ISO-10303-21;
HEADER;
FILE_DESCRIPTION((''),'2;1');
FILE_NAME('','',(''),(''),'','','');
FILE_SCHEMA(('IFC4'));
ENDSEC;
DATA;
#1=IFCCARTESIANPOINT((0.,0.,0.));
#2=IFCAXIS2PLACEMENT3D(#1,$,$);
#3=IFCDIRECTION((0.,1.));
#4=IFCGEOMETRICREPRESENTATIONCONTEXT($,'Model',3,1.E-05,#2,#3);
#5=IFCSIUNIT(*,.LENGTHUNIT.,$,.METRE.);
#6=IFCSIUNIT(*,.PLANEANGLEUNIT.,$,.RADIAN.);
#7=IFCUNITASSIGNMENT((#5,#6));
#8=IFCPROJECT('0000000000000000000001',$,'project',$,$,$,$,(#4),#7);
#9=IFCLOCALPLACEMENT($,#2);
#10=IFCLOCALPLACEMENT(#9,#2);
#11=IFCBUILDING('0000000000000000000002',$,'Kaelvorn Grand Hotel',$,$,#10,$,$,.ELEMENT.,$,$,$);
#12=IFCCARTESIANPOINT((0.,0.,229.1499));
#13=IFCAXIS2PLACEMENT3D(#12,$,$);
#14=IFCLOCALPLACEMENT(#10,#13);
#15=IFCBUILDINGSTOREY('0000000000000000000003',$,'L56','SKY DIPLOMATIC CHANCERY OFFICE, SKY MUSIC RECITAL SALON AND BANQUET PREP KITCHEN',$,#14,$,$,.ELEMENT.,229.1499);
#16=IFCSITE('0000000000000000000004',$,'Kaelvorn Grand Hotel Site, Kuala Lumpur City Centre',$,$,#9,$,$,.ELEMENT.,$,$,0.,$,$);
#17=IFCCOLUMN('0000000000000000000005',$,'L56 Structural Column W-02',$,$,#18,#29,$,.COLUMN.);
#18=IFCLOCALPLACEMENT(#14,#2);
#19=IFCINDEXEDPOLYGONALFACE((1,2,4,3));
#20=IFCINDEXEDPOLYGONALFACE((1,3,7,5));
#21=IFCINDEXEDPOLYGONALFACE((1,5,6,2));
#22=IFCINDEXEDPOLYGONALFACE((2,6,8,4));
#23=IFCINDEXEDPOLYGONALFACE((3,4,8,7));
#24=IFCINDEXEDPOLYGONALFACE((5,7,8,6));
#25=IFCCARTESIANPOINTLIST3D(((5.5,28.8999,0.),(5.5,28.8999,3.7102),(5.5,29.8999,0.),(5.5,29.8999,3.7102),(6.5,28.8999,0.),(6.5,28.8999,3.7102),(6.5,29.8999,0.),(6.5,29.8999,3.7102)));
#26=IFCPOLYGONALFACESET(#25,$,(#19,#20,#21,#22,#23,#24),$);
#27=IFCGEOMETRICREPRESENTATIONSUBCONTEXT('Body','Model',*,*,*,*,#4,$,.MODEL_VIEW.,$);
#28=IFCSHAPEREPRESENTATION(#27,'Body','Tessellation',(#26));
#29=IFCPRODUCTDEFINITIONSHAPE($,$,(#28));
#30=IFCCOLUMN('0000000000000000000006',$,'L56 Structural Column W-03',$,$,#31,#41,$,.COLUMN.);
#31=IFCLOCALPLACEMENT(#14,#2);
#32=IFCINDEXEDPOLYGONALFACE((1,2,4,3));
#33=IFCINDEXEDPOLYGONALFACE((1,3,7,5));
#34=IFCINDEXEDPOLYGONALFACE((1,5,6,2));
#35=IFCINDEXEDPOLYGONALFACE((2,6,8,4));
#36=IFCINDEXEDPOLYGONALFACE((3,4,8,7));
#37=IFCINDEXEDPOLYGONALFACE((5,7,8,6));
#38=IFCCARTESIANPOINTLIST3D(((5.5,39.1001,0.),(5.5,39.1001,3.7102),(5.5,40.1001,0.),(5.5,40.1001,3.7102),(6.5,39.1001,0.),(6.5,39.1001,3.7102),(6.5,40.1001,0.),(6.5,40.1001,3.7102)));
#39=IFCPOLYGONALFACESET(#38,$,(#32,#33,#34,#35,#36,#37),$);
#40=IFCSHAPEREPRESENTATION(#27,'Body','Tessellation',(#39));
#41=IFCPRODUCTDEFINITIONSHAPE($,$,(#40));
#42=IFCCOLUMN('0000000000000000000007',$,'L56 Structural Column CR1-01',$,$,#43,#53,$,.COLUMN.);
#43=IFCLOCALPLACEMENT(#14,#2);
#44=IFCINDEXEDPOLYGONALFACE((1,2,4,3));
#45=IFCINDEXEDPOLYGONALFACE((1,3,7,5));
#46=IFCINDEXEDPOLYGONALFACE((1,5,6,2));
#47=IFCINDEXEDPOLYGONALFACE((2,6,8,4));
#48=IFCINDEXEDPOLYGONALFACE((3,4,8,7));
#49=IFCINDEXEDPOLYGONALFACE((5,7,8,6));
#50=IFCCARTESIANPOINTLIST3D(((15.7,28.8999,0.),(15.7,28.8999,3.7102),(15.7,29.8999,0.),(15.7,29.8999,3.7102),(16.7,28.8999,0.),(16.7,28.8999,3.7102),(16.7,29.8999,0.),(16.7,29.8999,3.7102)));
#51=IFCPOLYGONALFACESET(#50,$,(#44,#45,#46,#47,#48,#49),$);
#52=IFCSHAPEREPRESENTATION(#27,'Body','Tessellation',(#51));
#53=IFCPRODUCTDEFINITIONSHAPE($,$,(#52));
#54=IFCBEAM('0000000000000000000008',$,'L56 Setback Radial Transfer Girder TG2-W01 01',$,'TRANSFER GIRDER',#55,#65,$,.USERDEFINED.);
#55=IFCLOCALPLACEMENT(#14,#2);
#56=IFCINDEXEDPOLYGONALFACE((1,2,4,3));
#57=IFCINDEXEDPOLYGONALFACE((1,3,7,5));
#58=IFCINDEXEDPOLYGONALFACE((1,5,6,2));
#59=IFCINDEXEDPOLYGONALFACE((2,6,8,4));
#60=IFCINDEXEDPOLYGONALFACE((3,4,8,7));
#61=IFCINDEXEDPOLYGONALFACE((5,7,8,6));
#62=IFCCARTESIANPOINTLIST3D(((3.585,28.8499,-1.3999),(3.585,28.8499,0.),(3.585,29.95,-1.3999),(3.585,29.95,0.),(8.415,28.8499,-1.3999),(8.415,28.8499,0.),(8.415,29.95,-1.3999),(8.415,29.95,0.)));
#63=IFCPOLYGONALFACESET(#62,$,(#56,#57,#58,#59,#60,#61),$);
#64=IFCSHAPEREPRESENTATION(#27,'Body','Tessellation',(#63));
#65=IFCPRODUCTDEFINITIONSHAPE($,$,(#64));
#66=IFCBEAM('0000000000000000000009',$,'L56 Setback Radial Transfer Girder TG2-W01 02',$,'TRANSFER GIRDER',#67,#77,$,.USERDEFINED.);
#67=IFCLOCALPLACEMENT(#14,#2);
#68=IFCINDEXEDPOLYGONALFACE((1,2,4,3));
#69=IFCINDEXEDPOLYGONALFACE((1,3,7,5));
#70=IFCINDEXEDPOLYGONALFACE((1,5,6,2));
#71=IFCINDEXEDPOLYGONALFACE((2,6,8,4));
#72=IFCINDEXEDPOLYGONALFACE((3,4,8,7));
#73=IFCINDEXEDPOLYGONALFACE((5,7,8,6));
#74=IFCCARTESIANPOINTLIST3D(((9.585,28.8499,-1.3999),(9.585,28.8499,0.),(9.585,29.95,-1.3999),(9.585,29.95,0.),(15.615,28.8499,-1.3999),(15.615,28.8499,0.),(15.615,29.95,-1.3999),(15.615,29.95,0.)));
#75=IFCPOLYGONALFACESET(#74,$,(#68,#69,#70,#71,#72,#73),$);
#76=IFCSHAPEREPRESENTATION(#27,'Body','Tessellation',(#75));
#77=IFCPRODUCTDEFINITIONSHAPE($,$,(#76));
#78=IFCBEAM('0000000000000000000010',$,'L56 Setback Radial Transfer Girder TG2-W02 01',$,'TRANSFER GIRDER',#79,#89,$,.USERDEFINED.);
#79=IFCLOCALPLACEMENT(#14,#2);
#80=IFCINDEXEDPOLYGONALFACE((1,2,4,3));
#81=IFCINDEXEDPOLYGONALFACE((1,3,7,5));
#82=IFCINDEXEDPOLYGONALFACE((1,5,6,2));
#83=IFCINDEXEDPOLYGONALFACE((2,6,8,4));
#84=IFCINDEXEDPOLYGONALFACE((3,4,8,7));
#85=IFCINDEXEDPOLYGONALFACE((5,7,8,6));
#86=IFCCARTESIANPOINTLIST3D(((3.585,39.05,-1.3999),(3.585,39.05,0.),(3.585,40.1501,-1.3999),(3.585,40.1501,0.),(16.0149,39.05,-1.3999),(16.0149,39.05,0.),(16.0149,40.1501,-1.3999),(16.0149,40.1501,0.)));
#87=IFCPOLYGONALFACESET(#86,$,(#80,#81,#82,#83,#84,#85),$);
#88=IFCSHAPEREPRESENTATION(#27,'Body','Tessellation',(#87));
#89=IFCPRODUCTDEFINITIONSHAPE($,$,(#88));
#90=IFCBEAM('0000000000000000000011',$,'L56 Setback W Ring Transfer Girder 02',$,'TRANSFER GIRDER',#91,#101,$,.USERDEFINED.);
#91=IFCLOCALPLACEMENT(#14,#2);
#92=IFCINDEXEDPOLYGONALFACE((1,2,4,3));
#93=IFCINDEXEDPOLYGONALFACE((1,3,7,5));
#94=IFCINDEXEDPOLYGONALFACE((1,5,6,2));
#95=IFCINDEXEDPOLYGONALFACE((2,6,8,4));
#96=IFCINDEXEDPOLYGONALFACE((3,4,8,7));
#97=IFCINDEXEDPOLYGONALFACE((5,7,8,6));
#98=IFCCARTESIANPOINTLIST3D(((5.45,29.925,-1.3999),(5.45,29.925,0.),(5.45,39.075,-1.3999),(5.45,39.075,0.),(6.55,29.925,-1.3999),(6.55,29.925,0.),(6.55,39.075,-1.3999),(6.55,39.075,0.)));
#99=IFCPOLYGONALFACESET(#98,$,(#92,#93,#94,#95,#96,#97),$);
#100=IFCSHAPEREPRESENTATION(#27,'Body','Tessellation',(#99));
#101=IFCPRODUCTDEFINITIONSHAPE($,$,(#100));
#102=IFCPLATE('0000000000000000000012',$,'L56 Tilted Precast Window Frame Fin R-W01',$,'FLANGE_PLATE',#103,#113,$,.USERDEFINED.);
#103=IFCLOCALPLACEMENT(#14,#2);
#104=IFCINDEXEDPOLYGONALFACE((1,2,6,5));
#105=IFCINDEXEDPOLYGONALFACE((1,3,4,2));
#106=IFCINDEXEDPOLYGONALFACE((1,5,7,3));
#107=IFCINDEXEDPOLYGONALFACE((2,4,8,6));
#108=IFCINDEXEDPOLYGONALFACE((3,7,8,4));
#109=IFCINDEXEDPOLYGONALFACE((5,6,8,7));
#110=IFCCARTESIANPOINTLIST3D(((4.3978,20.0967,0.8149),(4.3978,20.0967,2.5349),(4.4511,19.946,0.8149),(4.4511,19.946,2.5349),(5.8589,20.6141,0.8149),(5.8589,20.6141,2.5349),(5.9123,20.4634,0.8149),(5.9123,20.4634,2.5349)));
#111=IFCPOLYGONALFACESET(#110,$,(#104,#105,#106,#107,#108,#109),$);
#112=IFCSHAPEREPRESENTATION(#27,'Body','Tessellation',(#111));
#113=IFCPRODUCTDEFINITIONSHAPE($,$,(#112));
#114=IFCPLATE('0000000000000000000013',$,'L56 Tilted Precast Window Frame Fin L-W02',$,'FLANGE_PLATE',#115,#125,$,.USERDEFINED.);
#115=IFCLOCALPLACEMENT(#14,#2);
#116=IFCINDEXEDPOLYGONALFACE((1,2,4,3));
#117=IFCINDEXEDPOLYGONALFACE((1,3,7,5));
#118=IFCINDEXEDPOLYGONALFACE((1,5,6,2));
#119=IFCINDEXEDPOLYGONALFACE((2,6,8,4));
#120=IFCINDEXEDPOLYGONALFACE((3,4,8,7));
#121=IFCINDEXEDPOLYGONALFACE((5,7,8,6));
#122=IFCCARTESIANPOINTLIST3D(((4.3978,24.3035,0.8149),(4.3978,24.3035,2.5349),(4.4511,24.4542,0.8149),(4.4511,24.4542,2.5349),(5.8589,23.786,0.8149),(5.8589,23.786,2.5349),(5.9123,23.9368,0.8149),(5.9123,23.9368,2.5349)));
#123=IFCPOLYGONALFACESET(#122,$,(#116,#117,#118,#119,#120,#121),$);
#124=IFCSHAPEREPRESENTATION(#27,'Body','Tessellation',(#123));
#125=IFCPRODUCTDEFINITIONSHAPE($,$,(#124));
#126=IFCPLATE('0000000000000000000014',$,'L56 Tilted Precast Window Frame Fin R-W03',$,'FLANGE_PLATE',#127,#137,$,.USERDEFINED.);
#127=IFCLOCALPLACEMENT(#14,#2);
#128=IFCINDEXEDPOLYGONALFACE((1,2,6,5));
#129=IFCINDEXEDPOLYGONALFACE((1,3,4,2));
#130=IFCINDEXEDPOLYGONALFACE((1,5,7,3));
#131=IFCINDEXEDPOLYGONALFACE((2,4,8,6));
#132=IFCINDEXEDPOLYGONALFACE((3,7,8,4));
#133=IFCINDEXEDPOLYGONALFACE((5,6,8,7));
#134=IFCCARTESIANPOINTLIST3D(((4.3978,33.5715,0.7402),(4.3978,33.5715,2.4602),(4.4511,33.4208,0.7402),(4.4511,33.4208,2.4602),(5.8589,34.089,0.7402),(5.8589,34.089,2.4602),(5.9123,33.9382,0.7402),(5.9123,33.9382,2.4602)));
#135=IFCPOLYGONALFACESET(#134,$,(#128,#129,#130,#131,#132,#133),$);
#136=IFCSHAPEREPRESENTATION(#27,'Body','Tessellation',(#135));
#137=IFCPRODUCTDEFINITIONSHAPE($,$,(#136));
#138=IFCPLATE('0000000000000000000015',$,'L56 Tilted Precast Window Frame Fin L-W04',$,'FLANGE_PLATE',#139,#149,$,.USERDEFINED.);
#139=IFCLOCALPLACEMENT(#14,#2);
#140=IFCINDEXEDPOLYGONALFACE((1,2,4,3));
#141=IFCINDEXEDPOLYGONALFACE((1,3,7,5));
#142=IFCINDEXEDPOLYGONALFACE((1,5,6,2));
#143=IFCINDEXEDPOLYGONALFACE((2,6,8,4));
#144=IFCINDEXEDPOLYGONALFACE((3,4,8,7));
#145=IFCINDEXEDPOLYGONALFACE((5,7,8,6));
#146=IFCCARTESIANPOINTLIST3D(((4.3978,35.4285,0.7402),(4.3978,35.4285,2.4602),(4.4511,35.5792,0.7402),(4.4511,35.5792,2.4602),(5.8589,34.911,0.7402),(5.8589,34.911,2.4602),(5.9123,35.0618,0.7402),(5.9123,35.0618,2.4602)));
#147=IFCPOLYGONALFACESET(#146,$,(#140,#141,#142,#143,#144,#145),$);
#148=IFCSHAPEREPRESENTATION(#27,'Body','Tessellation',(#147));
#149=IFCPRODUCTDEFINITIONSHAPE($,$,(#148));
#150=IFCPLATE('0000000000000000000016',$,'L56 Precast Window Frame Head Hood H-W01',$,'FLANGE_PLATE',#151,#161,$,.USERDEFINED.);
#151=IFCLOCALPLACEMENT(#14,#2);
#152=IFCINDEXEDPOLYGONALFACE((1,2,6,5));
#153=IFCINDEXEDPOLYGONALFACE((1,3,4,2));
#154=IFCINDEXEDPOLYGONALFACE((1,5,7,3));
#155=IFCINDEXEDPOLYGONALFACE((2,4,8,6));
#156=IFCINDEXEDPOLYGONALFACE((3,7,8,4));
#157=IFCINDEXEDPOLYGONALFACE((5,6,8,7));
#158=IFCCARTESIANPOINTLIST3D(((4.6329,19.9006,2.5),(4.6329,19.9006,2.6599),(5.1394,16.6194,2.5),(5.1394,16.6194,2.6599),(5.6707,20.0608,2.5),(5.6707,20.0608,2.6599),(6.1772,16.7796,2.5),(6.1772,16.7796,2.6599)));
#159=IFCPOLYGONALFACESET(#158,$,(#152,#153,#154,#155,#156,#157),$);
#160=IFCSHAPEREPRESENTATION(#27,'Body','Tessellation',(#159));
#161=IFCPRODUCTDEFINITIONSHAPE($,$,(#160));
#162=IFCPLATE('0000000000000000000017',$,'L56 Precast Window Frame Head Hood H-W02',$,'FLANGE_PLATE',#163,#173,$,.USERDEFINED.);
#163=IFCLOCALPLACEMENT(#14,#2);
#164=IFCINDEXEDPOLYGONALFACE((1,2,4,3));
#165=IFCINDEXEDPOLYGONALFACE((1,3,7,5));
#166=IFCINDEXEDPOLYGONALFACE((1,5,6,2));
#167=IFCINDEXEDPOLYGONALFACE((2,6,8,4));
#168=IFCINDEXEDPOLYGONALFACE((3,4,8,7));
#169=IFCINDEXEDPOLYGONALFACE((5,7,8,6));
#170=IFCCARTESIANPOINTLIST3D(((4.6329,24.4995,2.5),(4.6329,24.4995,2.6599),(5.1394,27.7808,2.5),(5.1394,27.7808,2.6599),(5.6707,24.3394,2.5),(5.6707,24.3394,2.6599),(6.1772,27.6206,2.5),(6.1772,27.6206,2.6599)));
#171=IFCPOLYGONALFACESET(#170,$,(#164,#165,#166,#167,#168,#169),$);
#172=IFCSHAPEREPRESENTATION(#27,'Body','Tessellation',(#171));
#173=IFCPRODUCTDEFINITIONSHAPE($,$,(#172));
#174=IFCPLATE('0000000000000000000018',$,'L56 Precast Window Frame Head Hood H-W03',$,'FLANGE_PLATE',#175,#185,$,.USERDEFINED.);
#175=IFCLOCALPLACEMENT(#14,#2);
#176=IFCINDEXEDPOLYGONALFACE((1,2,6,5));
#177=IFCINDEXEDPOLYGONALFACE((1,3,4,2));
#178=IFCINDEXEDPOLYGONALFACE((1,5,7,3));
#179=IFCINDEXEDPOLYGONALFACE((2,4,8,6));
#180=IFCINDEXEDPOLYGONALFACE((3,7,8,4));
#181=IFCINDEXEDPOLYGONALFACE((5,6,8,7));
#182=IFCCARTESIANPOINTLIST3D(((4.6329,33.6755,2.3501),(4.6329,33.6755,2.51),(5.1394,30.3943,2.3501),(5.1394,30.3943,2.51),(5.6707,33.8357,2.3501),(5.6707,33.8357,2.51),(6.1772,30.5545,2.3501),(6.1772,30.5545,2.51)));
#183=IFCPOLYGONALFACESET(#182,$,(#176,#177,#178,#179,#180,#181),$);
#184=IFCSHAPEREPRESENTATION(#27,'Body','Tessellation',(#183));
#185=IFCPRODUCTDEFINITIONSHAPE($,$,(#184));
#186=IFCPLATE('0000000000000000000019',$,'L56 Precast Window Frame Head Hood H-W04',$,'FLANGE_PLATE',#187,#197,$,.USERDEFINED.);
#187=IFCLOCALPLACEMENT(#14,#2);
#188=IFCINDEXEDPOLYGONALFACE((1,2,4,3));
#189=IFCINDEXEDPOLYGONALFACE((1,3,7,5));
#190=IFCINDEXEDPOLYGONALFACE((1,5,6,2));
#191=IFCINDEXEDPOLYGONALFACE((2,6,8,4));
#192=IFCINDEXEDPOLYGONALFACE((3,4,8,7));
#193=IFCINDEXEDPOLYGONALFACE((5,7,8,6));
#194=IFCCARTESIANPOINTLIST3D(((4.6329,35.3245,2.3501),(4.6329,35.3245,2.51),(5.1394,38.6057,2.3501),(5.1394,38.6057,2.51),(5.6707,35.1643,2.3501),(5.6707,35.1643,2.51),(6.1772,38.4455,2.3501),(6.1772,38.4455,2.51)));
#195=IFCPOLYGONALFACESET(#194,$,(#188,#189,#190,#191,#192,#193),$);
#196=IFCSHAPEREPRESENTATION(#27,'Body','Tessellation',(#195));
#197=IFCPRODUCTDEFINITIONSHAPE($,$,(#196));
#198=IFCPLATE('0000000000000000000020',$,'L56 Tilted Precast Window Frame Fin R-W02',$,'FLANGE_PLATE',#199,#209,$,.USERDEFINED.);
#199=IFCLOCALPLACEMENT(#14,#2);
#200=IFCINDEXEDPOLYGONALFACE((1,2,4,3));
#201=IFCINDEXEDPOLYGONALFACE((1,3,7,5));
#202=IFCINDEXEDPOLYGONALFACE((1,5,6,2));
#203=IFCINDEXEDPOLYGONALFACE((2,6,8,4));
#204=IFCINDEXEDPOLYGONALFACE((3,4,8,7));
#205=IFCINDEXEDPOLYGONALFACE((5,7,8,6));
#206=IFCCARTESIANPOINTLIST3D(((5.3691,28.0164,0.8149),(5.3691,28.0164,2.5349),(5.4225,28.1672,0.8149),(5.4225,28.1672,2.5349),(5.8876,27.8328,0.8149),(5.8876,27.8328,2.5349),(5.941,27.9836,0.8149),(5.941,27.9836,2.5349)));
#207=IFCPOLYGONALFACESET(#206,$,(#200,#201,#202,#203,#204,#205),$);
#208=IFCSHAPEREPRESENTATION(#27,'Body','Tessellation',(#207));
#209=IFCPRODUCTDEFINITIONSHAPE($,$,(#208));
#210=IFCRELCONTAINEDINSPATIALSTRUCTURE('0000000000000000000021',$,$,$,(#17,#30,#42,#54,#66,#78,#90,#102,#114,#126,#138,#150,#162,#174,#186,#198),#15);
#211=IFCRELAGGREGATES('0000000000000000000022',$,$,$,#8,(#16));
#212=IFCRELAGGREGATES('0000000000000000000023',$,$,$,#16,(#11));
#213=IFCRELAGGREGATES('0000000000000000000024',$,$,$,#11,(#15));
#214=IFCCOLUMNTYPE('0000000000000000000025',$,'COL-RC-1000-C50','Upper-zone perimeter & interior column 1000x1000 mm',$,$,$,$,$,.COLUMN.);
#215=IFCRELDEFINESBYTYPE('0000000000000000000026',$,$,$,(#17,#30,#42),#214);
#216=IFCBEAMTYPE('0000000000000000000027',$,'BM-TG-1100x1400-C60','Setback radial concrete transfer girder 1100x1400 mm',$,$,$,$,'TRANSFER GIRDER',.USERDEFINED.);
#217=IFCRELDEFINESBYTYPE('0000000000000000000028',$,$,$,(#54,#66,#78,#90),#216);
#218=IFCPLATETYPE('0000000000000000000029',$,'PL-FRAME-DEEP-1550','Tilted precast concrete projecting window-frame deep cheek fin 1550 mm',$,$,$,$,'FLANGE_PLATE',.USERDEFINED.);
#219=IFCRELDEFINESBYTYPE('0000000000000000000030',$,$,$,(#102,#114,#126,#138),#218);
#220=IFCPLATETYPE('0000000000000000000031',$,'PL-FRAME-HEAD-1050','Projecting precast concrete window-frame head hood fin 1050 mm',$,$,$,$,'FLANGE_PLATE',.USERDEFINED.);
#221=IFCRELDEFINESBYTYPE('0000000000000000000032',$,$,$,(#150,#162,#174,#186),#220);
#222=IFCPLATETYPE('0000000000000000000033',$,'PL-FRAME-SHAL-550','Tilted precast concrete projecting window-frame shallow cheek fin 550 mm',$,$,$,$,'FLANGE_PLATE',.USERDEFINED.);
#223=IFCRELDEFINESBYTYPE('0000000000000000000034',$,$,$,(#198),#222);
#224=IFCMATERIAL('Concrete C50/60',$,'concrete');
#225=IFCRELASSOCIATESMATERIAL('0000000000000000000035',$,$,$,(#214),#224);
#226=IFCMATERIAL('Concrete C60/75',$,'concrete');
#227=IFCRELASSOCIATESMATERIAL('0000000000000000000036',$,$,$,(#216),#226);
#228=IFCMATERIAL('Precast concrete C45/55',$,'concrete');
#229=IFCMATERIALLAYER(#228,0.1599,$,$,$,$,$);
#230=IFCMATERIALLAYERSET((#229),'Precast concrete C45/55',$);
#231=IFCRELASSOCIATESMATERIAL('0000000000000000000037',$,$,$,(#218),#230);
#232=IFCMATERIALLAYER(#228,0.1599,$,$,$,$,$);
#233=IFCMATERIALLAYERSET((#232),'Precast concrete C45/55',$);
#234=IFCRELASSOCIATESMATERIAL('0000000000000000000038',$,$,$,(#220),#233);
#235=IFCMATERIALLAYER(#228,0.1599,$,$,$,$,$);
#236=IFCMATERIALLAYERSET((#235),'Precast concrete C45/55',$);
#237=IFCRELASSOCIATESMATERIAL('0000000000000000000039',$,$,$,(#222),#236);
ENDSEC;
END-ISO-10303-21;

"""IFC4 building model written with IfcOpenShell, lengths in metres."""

from ifc_helpers import new_model, si_unit, direction, frame, origin, origin_2d, place, context, subcontext, project, spatial, rectangle, extrude, material, layer, layer_set, material_profile, profile_set, type_object, element, save


model = new_model("IFC4")

# Units and contexts
model_context = context("Model", 3, precision=1e-05, world=origin(), true_north=direction((0.0, 1.0)))
body_context = subcontext(model_context, "Body", "Model", "MODEL_VIEW")
ifc_project = project(units=[si_unit("LENGTHUNIT", "METRE"), si_unit("PLANEANGLEUNIT", "RADIAN")], contexts=[model_context])

# Site, building, storey
site_placement = place(None, origin())
site = spatial("IfcSite", under=ifc_project, at=site_placement, Name="Kaelvorn Grand Hotel Site, Kuala Lumpur City Centre", CompositionType="ELEMENT", RefElevation=0.0)
building_placement = place(site_placement, origin())
building = spatial("IfcBuilding", under=site, at=building_placement, Name="Kaelvorn Grand Hotel", CompositionType="ELEMENT")
storey_placement = place(building_placement, frame((0.0, 0.0, 229.1499)))
storey = spatial("IfcBuildingStorey", under=building, at=storey_placement, Name="L56", Description="SKY DIPLOMATIC CHANCERY OFFICE, SKY MUSIC RECITAL SALON AND BANQUET PREP KITCHEN", CompositionType="ELEMENT", Elevation=229.1499)

# Columns
ifc_material_1 = material(Name="Concrete C50/60", Category="concrete")
ifc_material_profile_1 = material_profile(ifc_material_1, rectangle(XDim=1.0, YDim=1.0, at=origin_2d()), Name="RC COL 1000x1000")
ifc_profile_set_1 = profile_set([ifc_material_profile_1], Name="Concrete C50/60")
column_type = type_object("IfcColumnType", Name="COL-RC-1000-C50", Description="Upper-zone perimeter & interior column 1000x1000 mm", PredefinedType="COLUMN", material=ifc_profile_set_1)
for number, where, z_axis, x_axis, name in (
    (1, (6.0, 29.3999, 0.0), (0.0, 0.0, 1.0), (1.0, 0.0, 0.0), "L56 Structural Column W-02"),
    (2, (6.0, 39.6001, 0.0), (0.0, 0.0, 1.0), (1.0, 0.0, 0.0), "L56 Structural Column W-03"),
    (3, (16.2, 29.3999, 0.0), (0.0, 0.0, 1.0), (1.0, 0.0, 0.0), "L56 Structural Column CR1-01"),
):
    element("IfcColumn", number, at=place(storey_placement, frame(where, z_axis=z_axis, x_axis=x_axis)), inside=storey, type_object=column_type, Name=name, PredefinedType="COLUMN", context=body_context, shape_type="SweptSolid", body=[
        extrude(rectangle(XDim=1.0, YDim=1.0, at=origin_2d()), origin(), (0.0, 0.0, 1.0), 3.7102),
    ])

# Beams
ifc_material_2 = material(Name="Concrete C60/75", Category="concrete")
ifc_material_profile_2 = material_profile(ifc_material_2, rectangle(XDim=1.1001, YDim=1.3999, at=origin_2d()), Name="RC TG 1100x1400")
ifc_profile_set_2 = profile_set([ifc_material_profile_2], Name="Concrete C60/75")
beam_type = type_object("IfcBeamType", Name="BM-TG-1100x1400-C60", Description="Setback radial concrete transfer girder 1100x1400 mm", ElementType="TRANSFER GIRDER", PredefinedType="USERDEFINED", material=ifc_profile_set_2)
beam_1_placement = place(storey_placement, frame((3.585, 29.3999, -0.7), z_axis=(1.0, 0.0, 0.0), x_axis=(0.0, 1.0, 0.0)))
element("IfcBeam", 4, at=beam_1_placement, inside=storey, type_object=beam_type, Name="L56 Setback Radial Transfer Girder TG2-W01 01", ObjectType="TRANSFER GIRDER", PredefinedType="USERDEFINED", context=body_context, shape_type="SweptSolid", body=[
    extrude(rectangle(XDim=1.1001, YDim=1.3999, at=origin_2d()), origin(), (0.0, 0.0, 1.0), 4.8301),
])
beam_2_placement = place(storey_placement, frame((9.585, 29.3999, -0.7), z_axis=(1.0, 0.0, 0.0), x_axis=(0.0, 1.0, 0.0)))
element("IfcBeam", 5, at=beam_2_placement, inside=storey, type_object=beam_type, Name="L56 Setback Radial Transfer Girder TG2-W01 02", ObjectType="TRANSFER GIRDER", PredefinedType="USERDEFINED", context=body_context, shape_type="SweptSolid", body=[
    extrude(rectangle(XDim=1.1001, YDim=1.3999, at=origin_2d()), origin(), (0.0, 0.0, 1.0), 6.03),
])
beam_3_placement = place(storey_placement, frame((3.585, 39.6001, -0.7), z_axis=(1.0, 0.0, 0.0), x_axis=(0.0, 1.0, 0.0)))
element("IfcBeam", 6, at=beam_3_placement, inside=storey, type_object=beam_type, Name="L56 Setback Radial Transfer Girder TG2-W02 01", ObjectType="TRANSFER GIRDER", PredefinedType="USERDEFINED", context=body_context, shape_type="SweptSolid", body=[
    extrude(rectangle(XDim=1.1001, YDim=1.3999, at=origin_2d()), origin(), (0.0, 0.0, 1.0), 12.4299),
])
beam_4_placement = place(storey_placement, frame((6.0, 29.925, -0.7), z_axis=(0.0, 1.0, 0.0), x_axis=(-1.0, 0.0, 0.0)))
element("IfcBeam", 7, at=beam_4_placement, inside=storey, type_object=beam_type, Name="L56 Setback W Ring Transfer Girder 02", ObjectType="TRANSFER GIRDER", PredefinedType="USERDEFINED", context=body_context, shape_type="SweptSolid", body=[
    extrude(rectangle(XDim=1.1001, YDim=1.3999, at=origin_2d()), origin(), (0.0, 0.0, 1.0), 9.1499),
])

# Plates
ifc_material_3 = material(Name="Precast concrete C45/55", Category="concrete")
ifc_layer_1 = layer(ifc_material_3, 0.1599)
ifc_layer_set_1 = layer_set([ifc_layer_1], Name="Precast concrete C45/55")
plate_type_1 = type_object("IfcPlateType", Name="PL-FRAME-DEEP-1550", Description="Tilted precast concrete projecting window-frame deep cheek fin 1550 mm", ElementType="FLANGE_PLATE", PredefinedType="USERDEFINED", material=ifc_layer_set_1)
for number, where, z_axis, x_axis, name in (
    (8, (5.155, 20.28, 0.8149), (0.0, 0.0, 1.0), (-0.333807, 0.942641, 0.0), "L56 Tilted Precast Window Frame Fin R-W01"),
    (9, (5.155, 24.1201, 0.8149), (0.0, 0.0, 1.0), (0.333807, 0.942641, 0.0), "L56 Tilted Precast Window Frame Fin L-W02"),
    (10, (5.155, 33.7549, 0.7402), (0.0, 0.0, 1.0), (-0.333807, 0.942641, 0.0), "L56 Tilted Precast Window Frame Fin R-W03"),
    (11, (5.155, 35.2451, 0.7402), (0.0, 0.0, 1.0), (0.333807, 0.942641, 0.0), "L56 Tilted Precast Window Frame Fin L-W04"),
):
    element("IfcPlate", number, at=place(storey_placement, frame(where, z_axis=z_axis, x_axis=x_axis)), inside=storey, type_object=plate_type_1, Name=name, ObjectType="FLANGE_PLATE", PredefinedType="USERDEFINED", context=body_context, shape_type="SweptSolid", body=[
        extrude(rectangle(XDim=0.1599, YDim=1.55, at=origin_2d()), origin(), (0.0, 0.0, 1.0), 1.72),
    ])
ifc_layer_2 = layer(ifc_material_3, 0.1599)
ifc_layer_set_2 = layer_set([ifc_layer_2], Name="Precast concrete C45/55")
plate_type_2 = type_object("IfcPlateType", Name="PL-FRAME-HEAD-1050", Description="Projecting precast concrete window-frame head hood fin 1050 mm", ElementType="FLANGE_PLATE", PredefinedType="USERDEFINED", material=ifc_layer_set_2)
for number, where, z_axis, x_axis, name in (
    (12, (5.405, 18.3401, 2.5), (0.0, 0.0, 1.0), (-0.152555, 0.988295, 0.0), "L56 Precast Window Frame Head Hood H-W01"),
    (13, (5.405, 26.0601, 2.5), (0.0, 0.0, 1.0), (0.152555, 0.988295, 0.0), "L56 Precast Window Frame Head Hood H-W02"),
    (14, (5.405, 32.115, 2.3501), (0.0, 0.0, 1.0), (-0.152555, 0.988295, 0.0), "L56 Precast Window Frame Head Hood H-W03"),
    (15, (5.405, 36.885, 2.3501), (0.0, 0.0, 1.0), (0.152555, 0.988295, 0.0), "L56 Precast Window Frame Head Hood H-W04"),
):
    element("IfcPlate", number, at=place(storey_placement, frame(where, z_axis=z_axis, x_axis=x_axis)), inside=storey, type_object=plate_type_2, Name=name, ObjectType="FLANGE_PLATE", PredefinedType="USERDEFINED", context=body_context, shape_type="SweptSolid", body=[
        extrude(rectangle(XDim=3.3201, YDim=1.05, at=origin_2d()), origin(), (0.0, 0.0, 1.0), 0.1599),
    ])
ifc_layer_3 = layer(ifc_material_3, 0.1599)
ifc_layer_set_3 = layer_set([ifc_layer_3], Name="Precast concrete C45/55")
plate_type_3 = type_object("IfcPlateType", Name="PL-FRAME-SHAL-550", Description="Tilted precast concrete projecting window-frame shallow cheek fin 550 mm", ElementType="FLANGE_PLATE", PredefinedType="USERDEFINED", material=ifc_layer_set_3)
for number, where, z_axis, x_axis, name in (
    (16, (5.655, 28.0, 0.8149), (0.0, 0.0, 1.0), (0.333807, 0.942641, 0.0), "L56 Tilted Precast Window Frame Fin R-W02"),
):
    element("IfcPlate", number, at=place(storey_placement, frame(where, z_axis=z_axis, x_axis=x_axis)), inside=storey, type_object=plate_type_3, Name=name, ObjectType="FLANGE_PLATE", PredefinedType="USERDEFINED", context=body_context, shape_type="SweptSolid", body=[
        extrude(rectangle(XDim=0.1599, YDim=0.55, at=origin_2d()), origin(), (0.0, 0.0, 1.0), 1.72),
    ])

save(model, "model.ifc")
